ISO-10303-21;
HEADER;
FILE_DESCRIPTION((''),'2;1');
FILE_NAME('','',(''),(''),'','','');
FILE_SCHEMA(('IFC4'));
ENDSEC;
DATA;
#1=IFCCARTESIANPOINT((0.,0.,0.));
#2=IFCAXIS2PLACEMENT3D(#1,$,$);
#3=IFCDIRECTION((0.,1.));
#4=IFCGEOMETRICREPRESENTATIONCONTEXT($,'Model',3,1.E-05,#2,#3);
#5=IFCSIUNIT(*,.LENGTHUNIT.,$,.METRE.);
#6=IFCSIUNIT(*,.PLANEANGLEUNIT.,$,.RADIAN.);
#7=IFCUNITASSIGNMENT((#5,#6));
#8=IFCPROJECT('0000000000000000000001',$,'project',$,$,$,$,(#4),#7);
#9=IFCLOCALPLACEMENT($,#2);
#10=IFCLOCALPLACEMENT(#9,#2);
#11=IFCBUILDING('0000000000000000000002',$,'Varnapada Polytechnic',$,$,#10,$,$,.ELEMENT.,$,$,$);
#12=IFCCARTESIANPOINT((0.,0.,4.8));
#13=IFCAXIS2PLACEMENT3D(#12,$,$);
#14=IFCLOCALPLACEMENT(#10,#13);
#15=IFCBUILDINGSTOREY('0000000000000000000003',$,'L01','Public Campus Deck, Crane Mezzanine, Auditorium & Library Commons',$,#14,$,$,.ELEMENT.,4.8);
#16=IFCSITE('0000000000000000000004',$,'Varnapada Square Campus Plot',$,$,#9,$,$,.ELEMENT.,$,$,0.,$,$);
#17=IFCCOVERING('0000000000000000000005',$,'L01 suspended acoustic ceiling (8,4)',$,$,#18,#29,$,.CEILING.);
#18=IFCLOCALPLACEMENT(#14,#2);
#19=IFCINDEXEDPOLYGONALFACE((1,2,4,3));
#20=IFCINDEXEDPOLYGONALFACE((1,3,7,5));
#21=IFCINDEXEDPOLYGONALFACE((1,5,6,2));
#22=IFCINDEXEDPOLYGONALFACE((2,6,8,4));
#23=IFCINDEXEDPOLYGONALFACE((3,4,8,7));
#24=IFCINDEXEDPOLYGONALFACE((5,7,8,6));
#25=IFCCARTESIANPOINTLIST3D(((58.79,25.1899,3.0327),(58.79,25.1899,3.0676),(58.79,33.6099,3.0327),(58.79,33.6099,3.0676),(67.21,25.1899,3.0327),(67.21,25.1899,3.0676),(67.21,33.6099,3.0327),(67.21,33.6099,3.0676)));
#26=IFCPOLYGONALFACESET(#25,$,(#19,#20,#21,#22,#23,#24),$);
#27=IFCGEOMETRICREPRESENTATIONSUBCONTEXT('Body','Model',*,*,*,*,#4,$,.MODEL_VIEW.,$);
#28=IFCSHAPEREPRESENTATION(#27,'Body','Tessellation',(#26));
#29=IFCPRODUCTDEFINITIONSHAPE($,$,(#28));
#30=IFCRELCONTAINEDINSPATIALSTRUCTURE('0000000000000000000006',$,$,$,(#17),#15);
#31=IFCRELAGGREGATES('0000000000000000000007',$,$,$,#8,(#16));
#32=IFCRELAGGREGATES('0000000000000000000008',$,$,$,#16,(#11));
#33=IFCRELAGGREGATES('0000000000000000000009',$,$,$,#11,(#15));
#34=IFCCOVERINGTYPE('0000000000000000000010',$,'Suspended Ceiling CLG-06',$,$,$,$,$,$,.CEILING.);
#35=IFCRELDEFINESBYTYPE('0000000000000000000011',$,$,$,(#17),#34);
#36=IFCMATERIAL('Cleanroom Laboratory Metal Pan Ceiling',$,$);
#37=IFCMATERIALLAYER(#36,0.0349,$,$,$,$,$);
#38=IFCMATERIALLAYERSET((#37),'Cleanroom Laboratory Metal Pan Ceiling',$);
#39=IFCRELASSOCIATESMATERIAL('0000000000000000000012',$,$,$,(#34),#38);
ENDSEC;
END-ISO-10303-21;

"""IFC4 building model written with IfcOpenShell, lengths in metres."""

from ifc_helpers import new_model, si_unit, direction, frame, origin, origin_2d, place, context, subcontext, project, spatial, rectangle, extrude, material, layer, layer_set, type_object, element, save


model = new_model("IFC4")

# Units and contexts
model_context = context("Model", 3, precision=1e-05, world=origin(), true_north=direction((0.0, 1.0)))
body_context = subcontext(model_context, "Body", "Model", "MODEL_VIEW")
ifc_project = project(units=[si_unit("LENGTHUNIT", "METRE"), si_unit("PLANEANGLEUNIT", "RADIAN")], contexts=[model_context])

# Site, building, storey
site_placement = place(None, origin())
site = spatial("IfcSite", under=ifc_project, at=site_placement, Name="Varnapada Square Campus Plot", CompositionType="ELEMENT", RefElevation=0.0)
building_placement = place(site_placement, origin())
building = spatial("IfcBuilding", under=site, at=building_placement, Name="Varnapada Polytechnic", CompositionType="ELEMENT")
storey_placement = place(building_placement, frame((0.0, 0.0, 4.8)))
storey = spatial("IfcBuildingStorey", under=building, at=storey_placement, Name="L01", Description="Public Campus Deck, Crane Mezzanine, Auditorium & Library Commons", CompositionType="ELEMENT", Elevation=4.8)

# Covering
ifc_material_1 = material(Name="Cleanroom Laboratory Metal Pan Ceiling")
ifc_layer_1 = layer(ifc_material_1, 0.0349)
ifc_layer_set_1 = layer_set([ifc_layer_1], Name="Cleanroom Laboratory Metal Pan Ceiling")
covering_type_1 = type_object("IfcCoveringType", Name="Suspended Ceiling CLG-06", PredefinedType="CEILING", material=ifc_layer_set_1)
covering_1_placement = place(storey_placement, frame((63.0, 29.3999, 3.0327), z_axis=(0.0, 0.0, 1.0), x_axis=(1.0, 0.0, 0.0)))
element("IfcCovering", 1, at=covering_1_placement, inside=storey, type_object=covering_type_1, Name="L01 suspended acoustic ceiling (8,4)", PredefinedType="CEILING", context=body_context, shape_type="SweptSolid", body=[
    extrude(rectangle(XDim=8.4199, YDim=8.4199, at=origin_2d()), origin(), (0.0, 0.0, 1.0), 0.0349),
])

save(model, "model.ifc")
